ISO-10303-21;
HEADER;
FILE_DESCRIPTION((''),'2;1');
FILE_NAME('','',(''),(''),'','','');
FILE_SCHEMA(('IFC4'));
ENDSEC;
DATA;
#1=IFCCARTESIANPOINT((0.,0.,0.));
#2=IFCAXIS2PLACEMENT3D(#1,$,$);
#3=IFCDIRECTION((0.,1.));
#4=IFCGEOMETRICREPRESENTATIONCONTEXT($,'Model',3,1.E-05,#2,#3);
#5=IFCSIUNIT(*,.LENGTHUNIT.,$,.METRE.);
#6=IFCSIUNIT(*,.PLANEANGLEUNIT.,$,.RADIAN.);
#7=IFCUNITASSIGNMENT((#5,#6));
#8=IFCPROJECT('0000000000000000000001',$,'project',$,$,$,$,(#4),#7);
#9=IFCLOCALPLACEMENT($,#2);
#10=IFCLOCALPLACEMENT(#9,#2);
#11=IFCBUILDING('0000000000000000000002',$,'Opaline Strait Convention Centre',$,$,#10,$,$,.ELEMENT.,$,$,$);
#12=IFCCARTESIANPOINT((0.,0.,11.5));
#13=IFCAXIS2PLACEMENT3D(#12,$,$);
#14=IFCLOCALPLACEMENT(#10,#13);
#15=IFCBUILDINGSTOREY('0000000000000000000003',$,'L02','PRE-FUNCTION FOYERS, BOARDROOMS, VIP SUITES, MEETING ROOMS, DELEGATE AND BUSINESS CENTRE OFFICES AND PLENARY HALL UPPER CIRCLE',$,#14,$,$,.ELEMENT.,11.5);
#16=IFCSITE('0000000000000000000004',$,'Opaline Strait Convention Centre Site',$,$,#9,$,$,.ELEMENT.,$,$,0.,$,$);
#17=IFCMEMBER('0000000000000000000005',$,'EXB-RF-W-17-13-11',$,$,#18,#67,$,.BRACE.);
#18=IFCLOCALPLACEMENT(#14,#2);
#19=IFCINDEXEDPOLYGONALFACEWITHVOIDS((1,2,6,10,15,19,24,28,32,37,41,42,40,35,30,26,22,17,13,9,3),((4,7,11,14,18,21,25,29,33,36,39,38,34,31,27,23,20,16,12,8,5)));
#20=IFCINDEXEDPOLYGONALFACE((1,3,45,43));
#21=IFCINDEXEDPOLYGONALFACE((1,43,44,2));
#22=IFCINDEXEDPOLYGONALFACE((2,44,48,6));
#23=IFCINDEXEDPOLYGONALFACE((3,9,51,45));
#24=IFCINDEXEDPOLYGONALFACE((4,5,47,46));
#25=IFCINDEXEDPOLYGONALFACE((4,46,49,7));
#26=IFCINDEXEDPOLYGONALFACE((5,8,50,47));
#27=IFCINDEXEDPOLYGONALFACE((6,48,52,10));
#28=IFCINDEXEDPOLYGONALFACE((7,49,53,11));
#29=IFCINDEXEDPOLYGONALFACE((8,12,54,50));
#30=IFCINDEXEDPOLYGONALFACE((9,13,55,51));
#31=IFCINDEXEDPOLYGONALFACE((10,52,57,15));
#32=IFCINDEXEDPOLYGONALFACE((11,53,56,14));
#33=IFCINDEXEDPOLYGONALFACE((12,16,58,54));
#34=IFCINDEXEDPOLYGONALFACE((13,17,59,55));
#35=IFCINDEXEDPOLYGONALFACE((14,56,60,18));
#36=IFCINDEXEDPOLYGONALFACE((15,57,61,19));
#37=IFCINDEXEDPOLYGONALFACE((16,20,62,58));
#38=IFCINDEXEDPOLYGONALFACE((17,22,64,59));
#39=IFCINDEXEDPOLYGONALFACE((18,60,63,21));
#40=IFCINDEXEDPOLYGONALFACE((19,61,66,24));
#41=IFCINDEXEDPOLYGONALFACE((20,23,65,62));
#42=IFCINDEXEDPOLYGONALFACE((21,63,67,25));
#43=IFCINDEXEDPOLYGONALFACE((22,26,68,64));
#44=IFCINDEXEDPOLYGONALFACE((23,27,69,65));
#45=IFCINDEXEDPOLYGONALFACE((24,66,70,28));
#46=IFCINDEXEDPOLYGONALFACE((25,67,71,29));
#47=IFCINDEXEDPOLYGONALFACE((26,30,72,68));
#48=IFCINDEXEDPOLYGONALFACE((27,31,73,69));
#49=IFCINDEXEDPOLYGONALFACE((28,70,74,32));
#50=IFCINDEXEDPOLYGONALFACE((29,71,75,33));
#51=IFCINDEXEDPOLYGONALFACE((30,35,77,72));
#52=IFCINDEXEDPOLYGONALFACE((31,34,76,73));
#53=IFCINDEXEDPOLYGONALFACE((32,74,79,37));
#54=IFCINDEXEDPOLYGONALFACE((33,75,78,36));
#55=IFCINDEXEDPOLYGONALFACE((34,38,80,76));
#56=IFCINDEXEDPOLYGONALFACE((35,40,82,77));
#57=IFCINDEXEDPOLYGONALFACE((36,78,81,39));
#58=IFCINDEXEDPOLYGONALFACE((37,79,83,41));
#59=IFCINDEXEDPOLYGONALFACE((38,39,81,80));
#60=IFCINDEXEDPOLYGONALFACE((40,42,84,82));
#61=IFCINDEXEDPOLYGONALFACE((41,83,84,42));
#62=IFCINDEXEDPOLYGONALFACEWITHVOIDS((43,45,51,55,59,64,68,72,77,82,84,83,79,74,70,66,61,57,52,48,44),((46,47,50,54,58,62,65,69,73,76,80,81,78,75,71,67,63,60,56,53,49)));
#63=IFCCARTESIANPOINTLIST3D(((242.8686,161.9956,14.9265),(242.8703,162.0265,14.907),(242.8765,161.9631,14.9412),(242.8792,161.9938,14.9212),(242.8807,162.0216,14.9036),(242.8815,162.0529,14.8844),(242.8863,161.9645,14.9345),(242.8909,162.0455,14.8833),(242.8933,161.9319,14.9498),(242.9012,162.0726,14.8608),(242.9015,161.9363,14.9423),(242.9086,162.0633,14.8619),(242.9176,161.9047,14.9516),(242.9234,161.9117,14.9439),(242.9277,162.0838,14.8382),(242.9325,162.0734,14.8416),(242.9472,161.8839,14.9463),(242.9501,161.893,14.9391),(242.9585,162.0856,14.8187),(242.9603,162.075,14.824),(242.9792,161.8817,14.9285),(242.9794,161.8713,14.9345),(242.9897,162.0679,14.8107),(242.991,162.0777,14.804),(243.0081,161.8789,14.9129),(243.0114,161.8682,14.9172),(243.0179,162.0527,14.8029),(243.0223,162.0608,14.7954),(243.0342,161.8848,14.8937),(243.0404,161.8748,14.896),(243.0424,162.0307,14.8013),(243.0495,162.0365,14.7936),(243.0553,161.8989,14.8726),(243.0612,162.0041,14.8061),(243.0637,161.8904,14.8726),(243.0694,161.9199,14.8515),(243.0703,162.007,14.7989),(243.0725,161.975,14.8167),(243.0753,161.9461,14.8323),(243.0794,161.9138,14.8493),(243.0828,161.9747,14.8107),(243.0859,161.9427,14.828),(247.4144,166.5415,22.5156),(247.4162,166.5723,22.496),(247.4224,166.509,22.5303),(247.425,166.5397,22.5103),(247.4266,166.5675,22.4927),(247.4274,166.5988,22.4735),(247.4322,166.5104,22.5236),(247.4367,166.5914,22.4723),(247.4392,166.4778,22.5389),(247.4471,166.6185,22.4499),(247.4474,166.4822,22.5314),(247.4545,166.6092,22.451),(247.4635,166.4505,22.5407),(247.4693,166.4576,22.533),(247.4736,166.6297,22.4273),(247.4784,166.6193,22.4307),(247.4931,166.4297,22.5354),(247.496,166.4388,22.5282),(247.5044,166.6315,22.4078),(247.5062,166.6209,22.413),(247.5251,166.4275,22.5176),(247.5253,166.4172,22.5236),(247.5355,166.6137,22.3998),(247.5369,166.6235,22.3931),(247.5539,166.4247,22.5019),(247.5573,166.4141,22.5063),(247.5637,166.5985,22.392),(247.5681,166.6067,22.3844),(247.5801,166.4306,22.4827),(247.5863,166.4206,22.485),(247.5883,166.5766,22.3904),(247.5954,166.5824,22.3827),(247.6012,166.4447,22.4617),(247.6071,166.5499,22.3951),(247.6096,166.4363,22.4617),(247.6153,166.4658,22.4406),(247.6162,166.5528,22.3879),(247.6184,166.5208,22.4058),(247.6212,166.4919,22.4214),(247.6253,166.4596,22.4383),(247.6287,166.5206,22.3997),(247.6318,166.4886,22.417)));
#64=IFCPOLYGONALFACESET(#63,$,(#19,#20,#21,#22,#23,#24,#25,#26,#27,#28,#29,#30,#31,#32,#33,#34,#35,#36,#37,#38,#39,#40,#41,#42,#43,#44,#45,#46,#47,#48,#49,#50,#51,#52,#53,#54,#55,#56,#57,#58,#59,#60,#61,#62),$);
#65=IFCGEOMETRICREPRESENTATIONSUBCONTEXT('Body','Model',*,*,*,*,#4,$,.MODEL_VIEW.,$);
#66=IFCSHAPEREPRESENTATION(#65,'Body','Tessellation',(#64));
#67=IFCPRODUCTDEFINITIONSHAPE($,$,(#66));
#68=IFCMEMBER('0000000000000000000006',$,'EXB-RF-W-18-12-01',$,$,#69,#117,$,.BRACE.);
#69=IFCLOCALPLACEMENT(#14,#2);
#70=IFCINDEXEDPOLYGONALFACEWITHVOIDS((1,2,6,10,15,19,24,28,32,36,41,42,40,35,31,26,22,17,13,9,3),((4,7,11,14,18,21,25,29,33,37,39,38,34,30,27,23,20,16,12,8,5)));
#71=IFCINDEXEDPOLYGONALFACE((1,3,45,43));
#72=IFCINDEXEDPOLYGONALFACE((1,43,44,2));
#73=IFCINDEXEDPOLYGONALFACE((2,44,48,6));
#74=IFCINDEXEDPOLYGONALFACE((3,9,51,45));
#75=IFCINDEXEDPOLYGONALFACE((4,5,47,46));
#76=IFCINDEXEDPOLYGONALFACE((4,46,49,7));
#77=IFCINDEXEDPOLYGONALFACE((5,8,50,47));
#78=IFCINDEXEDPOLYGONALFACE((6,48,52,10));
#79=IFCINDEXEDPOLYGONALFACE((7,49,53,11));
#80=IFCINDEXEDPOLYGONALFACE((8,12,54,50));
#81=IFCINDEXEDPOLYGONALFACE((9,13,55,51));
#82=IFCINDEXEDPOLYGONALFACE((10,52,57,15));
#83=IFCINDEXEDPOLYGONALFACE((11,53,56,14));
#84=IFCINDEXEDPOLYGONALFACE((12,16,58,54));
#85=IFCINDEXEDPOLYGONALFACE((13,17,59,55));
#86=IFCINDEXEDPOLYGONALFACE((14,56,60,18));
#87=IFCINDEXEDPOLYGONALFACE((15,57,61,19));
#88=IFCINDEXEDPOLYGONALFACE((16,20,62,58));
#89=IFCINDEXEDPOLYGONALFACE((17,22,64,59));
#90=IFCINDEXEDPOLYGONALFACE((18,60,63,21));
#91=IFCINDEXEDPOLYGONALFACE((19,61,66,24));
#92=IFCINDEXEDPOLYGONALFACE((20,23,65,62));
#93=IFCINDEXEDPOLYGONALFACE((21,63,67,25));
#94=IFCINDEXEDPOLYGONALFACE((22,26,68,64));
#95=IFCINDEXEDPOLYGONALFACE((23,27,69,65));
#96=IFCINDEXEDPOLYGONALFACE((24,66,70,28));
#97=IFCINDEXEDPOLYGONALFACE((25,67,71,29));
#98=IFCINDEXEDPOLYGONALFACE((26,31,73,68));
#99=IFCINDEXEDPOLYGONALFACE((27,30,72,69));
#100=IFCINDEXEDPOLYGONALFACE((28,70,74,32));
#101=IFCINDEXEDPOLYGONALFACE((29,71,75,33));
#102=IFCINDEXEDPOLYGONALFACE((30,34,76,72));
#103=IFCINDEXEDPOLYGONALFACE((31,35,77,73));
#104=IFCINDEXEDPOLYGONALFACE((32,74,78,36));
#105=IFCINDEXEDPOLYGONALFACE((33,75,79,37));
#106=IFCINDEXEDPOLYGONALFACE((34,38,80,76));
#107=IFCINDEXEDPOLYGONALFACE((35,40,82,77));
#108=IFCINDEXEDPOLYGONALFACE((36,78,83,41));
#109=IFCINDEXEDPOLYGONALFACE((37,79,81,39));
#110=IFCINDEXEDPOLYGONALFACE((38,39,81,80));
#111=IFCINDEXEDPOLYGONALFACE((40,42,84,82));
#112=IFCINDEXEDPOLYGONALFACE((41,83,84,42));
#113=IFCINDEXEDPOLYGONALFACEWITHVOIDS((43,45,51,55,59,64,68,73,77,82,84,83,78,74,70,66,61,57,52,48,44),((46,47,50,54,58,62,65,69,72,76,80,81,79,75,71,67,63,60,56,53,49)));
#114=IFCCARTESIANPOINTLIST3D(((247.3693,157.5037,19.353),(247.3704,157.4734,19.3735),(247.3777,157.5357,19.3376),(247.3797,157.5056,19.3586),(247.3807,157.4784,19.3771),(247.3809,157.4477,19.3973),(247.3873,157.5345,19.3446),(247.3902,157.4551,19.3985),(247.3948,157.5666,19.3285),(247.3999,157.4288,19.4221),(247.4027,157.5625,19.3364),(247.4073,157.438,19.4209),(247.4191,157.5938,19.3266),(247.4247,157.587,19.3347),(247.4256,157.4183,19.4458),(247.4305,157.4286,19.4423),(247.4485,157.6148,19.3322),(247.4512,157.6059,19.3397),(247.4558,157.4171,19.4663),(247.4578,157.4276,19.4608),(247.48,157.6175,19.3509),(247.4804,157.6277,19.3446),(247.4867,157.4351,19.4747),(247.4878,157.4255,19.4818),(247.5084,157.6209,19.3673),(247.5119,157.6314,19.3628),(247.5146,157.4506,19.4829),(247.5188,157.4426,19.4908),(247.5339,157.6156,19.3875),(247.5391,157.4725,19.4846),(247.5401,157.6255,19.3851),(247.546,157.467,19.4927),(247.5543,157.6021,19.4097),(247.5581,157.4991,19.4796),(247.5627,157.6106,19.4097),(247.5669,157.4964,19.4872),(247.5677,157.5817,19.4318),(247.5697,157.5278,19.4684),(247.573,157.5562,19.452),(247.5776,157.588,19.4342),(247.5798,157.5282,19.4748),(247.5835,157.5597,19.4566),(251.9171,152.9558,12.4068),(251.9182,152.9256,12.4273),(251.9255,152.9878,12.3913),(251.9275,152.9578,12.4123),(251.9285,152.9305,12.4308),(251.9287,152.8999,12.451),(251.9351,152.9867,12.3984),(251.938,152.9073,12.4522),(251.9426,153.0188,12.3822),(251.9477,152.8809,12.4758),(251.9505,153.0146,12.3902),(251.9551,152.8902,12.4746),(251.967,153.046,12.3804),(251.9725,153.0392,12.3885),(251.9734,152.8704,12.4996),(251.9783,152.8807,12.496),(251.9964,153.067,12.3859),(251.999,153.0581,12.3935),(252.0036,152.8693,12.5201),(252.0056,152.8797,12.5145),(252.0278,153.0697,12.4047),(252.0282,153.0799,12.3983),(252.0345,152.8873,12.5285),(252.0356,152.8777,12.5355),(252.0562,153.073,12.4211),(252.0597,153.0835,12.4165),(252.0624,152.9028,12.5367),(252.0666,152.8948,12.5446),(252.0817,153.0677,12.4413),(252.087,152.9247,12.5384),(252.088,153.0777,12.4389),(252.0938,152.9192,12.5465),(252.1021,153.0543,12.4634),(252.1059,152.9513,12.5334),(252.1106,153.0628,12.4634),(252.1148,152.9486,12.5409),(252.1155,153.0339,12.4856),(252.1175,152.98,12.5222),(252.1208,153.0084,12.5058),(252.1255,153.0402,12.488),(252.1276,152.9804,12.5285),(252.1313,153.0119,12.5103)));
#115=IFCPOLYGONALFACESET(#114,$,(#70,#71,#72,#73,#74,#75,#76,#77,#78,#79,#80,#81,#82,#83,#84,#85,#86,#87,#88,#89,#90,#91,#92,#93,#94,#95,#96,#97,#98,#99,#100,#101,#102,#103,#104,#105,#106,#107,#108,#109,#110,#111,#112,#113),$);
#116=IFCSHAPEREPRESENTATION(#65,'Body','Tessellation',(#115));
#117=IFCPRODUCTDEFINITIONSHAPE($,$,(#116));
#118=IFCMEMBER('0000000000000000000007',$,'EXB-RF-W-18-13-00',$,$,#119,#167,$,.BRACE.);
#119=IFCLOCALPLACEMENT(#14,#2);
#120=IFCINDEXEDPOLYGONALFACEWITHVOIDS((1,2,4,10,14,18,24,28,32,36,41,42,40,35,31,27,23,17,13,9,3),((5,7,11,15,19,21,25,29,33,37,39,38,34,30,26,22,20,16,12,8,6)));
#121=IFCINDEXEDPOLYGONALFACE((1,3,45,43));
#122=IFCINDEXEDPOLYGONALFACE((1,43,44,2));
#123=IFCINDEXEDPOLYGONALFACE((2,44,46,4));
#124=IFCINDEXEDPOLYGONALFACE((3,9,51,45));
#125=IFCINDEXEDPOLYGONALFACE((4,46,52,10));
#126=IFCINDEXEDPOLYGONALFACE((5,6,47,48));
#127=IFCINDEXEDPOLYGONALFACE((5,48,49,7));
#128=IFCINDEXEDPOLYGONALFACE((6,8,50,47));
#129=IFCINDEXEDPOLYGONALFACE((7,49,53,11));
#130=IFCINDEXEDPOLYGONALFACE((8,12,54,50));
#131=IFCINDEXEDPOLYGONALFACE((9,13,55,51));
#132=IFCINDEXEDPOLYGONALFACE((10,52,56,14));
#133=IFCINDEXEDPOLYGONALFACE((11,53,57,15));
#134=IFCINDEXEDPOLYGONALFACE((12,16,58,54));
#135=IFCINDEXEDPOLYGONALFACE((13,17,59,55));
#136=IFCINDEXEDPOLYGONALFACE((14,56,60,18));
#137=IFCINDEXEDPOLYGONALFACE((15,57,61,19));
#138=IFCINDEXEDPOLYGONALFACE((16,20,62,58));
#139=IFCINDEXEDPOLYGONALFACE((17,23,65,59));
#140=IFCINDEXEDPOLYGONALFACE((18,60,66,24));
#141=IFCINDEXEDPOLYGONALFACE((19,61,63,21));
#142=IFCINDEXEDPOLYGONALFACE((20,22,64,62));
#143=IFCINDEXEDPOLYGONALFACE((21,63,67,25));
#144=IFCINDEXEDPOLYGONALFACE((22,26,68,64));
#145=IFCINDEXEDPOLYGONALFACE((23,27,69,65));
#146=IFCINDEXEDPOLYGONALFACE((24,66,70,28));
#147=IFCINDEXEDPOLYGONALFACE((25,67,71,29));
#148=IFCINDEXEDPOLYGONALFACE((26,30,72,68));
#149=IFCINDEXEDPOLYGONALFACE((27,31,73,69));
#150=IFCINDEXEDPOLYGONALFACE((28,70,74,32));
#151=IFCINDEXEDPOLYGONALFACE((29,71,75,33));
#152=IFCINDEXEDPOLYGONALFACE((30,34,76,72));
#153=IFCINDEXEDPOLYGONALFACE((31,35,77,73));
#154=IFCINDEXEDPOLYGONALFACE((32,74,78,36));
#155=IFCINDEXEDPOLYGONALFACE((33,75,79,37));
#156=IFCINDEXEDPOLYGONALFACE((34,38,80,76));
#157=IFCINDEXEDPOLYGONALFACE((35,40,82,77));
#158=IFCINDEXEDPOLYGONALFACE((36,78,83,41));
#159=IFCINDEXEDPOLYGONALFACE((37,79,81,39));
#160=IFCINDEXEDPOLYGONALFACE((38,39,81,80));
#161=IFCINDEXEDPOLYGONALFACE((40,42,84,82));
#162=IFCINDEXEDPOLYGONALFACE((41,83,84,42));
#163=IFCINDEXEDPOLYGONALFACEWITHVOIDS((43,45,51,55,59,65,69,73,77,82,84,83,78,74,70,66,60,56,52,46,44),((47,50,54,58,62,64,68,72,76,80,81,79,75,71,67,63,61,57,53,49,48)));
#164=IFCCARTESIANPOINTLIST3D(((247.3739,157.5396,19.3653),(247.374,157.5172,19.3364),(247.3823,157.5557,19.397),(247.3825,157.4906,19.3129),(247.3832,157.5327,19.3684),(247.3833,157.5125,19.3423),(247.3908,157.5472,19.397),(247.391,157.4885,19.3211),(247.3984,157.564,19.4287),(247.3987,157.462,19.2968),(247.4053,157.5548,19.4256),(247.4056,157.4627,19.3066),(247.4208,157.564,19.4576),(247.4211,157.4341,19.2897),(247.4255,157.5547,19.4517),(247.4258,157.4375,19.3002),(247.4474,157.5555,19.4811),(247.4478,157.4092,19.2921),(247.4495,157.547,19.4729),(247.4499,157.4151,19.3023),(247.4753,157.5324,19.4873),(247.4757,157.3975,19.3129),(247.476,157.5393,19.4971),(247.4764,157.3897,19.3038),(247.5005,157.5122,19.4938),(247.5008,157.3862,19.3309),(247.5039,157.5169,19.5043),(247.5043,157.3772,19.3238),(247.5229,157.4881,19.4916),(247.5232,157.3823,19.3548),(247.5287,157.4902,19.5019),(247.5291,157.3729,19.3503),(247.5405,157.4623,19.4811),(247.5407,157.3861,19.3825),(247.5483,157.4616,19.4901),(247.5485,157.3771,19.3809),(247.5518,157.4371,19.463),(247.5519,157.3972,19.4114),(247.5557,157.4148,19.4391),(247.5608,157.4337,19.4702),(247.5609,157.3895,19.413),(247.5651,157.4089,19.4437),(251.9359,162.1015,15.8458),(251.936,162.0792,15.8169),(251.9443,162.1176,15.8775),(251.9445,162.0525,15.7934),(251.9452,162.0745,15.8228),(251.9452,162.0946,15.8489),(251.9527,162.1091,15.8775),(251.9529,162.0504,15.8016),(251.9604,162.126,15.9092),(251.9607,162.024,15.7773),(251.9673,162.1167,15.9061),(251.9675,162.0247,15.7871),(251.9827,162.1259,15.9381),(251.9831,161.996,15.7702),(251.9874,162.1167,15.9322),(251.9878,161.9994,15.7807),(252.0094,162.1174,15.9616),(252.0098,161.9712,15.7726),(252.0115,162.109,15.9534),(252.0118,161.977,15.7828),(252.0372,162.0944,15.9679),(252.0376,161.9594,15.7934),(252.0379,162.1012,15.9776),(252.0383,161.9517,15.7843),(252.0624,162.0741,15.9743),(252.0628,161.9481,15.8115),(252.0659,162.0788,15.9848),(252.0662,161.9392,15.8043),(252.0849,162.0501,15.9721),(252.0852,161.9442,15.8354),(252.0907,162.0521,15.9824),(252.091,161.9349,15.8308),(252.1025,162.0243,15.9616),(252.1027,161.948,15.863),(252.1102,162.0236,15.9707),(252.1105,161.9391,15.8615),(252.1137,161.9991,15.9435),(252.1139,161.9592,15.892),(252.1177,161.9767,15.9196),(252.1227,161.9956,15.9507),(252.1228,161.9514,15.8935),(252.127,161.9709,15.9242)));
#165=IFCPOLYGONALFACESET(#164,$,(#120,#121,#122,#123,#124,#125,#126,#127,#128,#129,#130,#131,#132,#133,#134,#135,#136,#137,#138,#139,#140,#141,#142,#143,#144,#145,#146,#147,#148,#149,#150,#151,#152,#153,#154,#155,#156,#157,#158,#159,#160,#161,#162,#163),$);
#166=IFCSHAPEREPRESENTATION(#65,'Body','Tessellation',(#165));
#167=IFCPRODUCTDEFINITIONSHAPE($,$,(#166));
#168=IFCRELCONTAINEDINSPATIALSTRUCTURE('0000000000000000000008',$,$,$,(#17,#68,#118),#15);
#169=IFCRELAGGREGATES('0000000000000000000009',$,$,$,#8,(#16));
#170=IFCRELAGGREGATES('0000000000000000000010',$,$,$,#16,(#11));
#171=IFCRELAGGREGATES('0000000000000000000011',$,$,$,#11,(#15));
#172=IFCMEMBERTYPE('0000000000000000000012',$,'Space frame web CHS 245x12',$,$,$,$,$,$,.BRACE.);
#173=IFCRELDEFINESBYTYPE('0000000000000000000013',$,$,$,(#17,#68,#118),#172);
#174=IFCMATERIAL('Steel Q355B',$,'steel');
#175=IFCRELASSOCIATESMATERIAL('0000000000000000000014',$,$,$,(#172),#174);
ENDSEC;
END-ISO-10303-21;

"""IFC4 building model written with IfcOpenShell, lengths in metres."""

from ifc_helpers import new_model, si_unit, direction, frame, origin, origin_2d, place, context, subcontext, project, spatial, hollow_circle, extrude, material, material_profile, profile_set, type_object, element, save


model = new_model("IFC4")

# Units and contexts
model_context = context("Model", 3, precision=1e-05, world=origin(), true_north=direction((0.0, 1.0)))
body_context = subcontext(model_context, "Body", "Model", "MODEL_VIEW")
ifc_project = project(units=[si_unit("LENGTHUNIT", "METRE"), si_unit("PLANEANGLEUNIT", "RADIAN")], contexts=[model_context])

# Site, building, storey
site_placement = place(None, origin())
site = spatial("IfcSite", under=ifc_project, at=site_placement, Name="Opaline Strait Convention Centre Site", CompositionType="ELEMENT", RefElevation=0.0)
building_placement = place(site_placement, origin())
building = spatial("IfcBuilding", under=site, at=building_placement, Name="Opaline Strait Convention Centre", CompositionType="ELEMENT")
storey_placement = place(building_placement, frame((0.0, 0.0, 11.5)))
storey = spatial("IfcBuildingStorey", under=building, at=storey_placement, Name="L02", Description="PRE-FUNCTION FOYERS, BOARDROOMS, VIP SUITES, MEETING ROOMS, DELEGATE AND BUSINESS CENTRE OFFICES AND PLENARY HALL UPPER CIRCLE", CompositionType="ELEMENT", Elevation=11.5)

# Members
ifc_material_1 = material(Name="Steel Q355B", Category="steel")
ifc_material_profile_1 = material_profile(ifc_material_1, hollow_circle(Radius=0.1226, WallThickness=0.012, at=origin_2d()), Name="CHS 245x12")
ifc_profile_set_1 = profile_set([ifc_material_profile_1], Name="Steel Q355B")
member_type_1 = type_object("IfcMemberType", Name="Space frame web CHS 245x12", PredefinedType="BRACE", material=ifc_profile_set_1)
member_1_placement = place(storey_placement, frame((247.5229, 166.5229, 22.4617), z_axis=(-0.457053, -0.457053, -0.763023), x_axis=(0.707107, -0.707107, 0.0)))
element("IfcMember", 1, at=member_1_placement, inside=storey, type_object=member_type_1, Name="EXB-RF-W-17-13-11", PredefinedType="BRACE", context=body_context, shape_type="SweptSolid", body=[
    extrude(hollow_circle(Radius=0.1226, WallThickness=0.012, at=origin_2d()), origin(), (0.0, 0.0, 1.0), 9.946),
])
member_2_placement = place(storey_placement, frame((247.4761, 157.5239, 19.4097), z_axis=(0.480409, -0.480409, -0.733767), x_axis=(0.707107, 0.707107, 0.0)))
element("IfcMember", 2, at=member_2_placement, inside=storey, type_object=member_type_1, Name="EXB-RF-W-18-12-01", PredefinedType="BRACE", context=body_context, shape_type="SweptSolid", body=[
    extrude(hollow_circle(Radius=0.1226, WallThickness=0.012, at=origin_2d()), origin(), (0.0, 0.0, 1.0), 9.4666),
])
member_3_placement = place(storey_placement, frame((247.469, 157.469, 19.397), z_axis=(0.620748, 0.620748, -0.478899), x_axis=(-0.707107, 0.707107, 0.0)))
element("IfcMember", 3, at=member_3_placement, inside=storey, type_object=member_type_1, Name="EXB-RF-W-18-13-00", PredefinedType="BRACE", context=body_context, shape_type="SweptSolid", body=[
    extrude(hollow_circle(Radius=0.1226, WallThickness=0.012, at=origin_2d()), origin(), (0.0, 0.0, 1.0), 7.3491),
])

save(model, "model.ifc")
